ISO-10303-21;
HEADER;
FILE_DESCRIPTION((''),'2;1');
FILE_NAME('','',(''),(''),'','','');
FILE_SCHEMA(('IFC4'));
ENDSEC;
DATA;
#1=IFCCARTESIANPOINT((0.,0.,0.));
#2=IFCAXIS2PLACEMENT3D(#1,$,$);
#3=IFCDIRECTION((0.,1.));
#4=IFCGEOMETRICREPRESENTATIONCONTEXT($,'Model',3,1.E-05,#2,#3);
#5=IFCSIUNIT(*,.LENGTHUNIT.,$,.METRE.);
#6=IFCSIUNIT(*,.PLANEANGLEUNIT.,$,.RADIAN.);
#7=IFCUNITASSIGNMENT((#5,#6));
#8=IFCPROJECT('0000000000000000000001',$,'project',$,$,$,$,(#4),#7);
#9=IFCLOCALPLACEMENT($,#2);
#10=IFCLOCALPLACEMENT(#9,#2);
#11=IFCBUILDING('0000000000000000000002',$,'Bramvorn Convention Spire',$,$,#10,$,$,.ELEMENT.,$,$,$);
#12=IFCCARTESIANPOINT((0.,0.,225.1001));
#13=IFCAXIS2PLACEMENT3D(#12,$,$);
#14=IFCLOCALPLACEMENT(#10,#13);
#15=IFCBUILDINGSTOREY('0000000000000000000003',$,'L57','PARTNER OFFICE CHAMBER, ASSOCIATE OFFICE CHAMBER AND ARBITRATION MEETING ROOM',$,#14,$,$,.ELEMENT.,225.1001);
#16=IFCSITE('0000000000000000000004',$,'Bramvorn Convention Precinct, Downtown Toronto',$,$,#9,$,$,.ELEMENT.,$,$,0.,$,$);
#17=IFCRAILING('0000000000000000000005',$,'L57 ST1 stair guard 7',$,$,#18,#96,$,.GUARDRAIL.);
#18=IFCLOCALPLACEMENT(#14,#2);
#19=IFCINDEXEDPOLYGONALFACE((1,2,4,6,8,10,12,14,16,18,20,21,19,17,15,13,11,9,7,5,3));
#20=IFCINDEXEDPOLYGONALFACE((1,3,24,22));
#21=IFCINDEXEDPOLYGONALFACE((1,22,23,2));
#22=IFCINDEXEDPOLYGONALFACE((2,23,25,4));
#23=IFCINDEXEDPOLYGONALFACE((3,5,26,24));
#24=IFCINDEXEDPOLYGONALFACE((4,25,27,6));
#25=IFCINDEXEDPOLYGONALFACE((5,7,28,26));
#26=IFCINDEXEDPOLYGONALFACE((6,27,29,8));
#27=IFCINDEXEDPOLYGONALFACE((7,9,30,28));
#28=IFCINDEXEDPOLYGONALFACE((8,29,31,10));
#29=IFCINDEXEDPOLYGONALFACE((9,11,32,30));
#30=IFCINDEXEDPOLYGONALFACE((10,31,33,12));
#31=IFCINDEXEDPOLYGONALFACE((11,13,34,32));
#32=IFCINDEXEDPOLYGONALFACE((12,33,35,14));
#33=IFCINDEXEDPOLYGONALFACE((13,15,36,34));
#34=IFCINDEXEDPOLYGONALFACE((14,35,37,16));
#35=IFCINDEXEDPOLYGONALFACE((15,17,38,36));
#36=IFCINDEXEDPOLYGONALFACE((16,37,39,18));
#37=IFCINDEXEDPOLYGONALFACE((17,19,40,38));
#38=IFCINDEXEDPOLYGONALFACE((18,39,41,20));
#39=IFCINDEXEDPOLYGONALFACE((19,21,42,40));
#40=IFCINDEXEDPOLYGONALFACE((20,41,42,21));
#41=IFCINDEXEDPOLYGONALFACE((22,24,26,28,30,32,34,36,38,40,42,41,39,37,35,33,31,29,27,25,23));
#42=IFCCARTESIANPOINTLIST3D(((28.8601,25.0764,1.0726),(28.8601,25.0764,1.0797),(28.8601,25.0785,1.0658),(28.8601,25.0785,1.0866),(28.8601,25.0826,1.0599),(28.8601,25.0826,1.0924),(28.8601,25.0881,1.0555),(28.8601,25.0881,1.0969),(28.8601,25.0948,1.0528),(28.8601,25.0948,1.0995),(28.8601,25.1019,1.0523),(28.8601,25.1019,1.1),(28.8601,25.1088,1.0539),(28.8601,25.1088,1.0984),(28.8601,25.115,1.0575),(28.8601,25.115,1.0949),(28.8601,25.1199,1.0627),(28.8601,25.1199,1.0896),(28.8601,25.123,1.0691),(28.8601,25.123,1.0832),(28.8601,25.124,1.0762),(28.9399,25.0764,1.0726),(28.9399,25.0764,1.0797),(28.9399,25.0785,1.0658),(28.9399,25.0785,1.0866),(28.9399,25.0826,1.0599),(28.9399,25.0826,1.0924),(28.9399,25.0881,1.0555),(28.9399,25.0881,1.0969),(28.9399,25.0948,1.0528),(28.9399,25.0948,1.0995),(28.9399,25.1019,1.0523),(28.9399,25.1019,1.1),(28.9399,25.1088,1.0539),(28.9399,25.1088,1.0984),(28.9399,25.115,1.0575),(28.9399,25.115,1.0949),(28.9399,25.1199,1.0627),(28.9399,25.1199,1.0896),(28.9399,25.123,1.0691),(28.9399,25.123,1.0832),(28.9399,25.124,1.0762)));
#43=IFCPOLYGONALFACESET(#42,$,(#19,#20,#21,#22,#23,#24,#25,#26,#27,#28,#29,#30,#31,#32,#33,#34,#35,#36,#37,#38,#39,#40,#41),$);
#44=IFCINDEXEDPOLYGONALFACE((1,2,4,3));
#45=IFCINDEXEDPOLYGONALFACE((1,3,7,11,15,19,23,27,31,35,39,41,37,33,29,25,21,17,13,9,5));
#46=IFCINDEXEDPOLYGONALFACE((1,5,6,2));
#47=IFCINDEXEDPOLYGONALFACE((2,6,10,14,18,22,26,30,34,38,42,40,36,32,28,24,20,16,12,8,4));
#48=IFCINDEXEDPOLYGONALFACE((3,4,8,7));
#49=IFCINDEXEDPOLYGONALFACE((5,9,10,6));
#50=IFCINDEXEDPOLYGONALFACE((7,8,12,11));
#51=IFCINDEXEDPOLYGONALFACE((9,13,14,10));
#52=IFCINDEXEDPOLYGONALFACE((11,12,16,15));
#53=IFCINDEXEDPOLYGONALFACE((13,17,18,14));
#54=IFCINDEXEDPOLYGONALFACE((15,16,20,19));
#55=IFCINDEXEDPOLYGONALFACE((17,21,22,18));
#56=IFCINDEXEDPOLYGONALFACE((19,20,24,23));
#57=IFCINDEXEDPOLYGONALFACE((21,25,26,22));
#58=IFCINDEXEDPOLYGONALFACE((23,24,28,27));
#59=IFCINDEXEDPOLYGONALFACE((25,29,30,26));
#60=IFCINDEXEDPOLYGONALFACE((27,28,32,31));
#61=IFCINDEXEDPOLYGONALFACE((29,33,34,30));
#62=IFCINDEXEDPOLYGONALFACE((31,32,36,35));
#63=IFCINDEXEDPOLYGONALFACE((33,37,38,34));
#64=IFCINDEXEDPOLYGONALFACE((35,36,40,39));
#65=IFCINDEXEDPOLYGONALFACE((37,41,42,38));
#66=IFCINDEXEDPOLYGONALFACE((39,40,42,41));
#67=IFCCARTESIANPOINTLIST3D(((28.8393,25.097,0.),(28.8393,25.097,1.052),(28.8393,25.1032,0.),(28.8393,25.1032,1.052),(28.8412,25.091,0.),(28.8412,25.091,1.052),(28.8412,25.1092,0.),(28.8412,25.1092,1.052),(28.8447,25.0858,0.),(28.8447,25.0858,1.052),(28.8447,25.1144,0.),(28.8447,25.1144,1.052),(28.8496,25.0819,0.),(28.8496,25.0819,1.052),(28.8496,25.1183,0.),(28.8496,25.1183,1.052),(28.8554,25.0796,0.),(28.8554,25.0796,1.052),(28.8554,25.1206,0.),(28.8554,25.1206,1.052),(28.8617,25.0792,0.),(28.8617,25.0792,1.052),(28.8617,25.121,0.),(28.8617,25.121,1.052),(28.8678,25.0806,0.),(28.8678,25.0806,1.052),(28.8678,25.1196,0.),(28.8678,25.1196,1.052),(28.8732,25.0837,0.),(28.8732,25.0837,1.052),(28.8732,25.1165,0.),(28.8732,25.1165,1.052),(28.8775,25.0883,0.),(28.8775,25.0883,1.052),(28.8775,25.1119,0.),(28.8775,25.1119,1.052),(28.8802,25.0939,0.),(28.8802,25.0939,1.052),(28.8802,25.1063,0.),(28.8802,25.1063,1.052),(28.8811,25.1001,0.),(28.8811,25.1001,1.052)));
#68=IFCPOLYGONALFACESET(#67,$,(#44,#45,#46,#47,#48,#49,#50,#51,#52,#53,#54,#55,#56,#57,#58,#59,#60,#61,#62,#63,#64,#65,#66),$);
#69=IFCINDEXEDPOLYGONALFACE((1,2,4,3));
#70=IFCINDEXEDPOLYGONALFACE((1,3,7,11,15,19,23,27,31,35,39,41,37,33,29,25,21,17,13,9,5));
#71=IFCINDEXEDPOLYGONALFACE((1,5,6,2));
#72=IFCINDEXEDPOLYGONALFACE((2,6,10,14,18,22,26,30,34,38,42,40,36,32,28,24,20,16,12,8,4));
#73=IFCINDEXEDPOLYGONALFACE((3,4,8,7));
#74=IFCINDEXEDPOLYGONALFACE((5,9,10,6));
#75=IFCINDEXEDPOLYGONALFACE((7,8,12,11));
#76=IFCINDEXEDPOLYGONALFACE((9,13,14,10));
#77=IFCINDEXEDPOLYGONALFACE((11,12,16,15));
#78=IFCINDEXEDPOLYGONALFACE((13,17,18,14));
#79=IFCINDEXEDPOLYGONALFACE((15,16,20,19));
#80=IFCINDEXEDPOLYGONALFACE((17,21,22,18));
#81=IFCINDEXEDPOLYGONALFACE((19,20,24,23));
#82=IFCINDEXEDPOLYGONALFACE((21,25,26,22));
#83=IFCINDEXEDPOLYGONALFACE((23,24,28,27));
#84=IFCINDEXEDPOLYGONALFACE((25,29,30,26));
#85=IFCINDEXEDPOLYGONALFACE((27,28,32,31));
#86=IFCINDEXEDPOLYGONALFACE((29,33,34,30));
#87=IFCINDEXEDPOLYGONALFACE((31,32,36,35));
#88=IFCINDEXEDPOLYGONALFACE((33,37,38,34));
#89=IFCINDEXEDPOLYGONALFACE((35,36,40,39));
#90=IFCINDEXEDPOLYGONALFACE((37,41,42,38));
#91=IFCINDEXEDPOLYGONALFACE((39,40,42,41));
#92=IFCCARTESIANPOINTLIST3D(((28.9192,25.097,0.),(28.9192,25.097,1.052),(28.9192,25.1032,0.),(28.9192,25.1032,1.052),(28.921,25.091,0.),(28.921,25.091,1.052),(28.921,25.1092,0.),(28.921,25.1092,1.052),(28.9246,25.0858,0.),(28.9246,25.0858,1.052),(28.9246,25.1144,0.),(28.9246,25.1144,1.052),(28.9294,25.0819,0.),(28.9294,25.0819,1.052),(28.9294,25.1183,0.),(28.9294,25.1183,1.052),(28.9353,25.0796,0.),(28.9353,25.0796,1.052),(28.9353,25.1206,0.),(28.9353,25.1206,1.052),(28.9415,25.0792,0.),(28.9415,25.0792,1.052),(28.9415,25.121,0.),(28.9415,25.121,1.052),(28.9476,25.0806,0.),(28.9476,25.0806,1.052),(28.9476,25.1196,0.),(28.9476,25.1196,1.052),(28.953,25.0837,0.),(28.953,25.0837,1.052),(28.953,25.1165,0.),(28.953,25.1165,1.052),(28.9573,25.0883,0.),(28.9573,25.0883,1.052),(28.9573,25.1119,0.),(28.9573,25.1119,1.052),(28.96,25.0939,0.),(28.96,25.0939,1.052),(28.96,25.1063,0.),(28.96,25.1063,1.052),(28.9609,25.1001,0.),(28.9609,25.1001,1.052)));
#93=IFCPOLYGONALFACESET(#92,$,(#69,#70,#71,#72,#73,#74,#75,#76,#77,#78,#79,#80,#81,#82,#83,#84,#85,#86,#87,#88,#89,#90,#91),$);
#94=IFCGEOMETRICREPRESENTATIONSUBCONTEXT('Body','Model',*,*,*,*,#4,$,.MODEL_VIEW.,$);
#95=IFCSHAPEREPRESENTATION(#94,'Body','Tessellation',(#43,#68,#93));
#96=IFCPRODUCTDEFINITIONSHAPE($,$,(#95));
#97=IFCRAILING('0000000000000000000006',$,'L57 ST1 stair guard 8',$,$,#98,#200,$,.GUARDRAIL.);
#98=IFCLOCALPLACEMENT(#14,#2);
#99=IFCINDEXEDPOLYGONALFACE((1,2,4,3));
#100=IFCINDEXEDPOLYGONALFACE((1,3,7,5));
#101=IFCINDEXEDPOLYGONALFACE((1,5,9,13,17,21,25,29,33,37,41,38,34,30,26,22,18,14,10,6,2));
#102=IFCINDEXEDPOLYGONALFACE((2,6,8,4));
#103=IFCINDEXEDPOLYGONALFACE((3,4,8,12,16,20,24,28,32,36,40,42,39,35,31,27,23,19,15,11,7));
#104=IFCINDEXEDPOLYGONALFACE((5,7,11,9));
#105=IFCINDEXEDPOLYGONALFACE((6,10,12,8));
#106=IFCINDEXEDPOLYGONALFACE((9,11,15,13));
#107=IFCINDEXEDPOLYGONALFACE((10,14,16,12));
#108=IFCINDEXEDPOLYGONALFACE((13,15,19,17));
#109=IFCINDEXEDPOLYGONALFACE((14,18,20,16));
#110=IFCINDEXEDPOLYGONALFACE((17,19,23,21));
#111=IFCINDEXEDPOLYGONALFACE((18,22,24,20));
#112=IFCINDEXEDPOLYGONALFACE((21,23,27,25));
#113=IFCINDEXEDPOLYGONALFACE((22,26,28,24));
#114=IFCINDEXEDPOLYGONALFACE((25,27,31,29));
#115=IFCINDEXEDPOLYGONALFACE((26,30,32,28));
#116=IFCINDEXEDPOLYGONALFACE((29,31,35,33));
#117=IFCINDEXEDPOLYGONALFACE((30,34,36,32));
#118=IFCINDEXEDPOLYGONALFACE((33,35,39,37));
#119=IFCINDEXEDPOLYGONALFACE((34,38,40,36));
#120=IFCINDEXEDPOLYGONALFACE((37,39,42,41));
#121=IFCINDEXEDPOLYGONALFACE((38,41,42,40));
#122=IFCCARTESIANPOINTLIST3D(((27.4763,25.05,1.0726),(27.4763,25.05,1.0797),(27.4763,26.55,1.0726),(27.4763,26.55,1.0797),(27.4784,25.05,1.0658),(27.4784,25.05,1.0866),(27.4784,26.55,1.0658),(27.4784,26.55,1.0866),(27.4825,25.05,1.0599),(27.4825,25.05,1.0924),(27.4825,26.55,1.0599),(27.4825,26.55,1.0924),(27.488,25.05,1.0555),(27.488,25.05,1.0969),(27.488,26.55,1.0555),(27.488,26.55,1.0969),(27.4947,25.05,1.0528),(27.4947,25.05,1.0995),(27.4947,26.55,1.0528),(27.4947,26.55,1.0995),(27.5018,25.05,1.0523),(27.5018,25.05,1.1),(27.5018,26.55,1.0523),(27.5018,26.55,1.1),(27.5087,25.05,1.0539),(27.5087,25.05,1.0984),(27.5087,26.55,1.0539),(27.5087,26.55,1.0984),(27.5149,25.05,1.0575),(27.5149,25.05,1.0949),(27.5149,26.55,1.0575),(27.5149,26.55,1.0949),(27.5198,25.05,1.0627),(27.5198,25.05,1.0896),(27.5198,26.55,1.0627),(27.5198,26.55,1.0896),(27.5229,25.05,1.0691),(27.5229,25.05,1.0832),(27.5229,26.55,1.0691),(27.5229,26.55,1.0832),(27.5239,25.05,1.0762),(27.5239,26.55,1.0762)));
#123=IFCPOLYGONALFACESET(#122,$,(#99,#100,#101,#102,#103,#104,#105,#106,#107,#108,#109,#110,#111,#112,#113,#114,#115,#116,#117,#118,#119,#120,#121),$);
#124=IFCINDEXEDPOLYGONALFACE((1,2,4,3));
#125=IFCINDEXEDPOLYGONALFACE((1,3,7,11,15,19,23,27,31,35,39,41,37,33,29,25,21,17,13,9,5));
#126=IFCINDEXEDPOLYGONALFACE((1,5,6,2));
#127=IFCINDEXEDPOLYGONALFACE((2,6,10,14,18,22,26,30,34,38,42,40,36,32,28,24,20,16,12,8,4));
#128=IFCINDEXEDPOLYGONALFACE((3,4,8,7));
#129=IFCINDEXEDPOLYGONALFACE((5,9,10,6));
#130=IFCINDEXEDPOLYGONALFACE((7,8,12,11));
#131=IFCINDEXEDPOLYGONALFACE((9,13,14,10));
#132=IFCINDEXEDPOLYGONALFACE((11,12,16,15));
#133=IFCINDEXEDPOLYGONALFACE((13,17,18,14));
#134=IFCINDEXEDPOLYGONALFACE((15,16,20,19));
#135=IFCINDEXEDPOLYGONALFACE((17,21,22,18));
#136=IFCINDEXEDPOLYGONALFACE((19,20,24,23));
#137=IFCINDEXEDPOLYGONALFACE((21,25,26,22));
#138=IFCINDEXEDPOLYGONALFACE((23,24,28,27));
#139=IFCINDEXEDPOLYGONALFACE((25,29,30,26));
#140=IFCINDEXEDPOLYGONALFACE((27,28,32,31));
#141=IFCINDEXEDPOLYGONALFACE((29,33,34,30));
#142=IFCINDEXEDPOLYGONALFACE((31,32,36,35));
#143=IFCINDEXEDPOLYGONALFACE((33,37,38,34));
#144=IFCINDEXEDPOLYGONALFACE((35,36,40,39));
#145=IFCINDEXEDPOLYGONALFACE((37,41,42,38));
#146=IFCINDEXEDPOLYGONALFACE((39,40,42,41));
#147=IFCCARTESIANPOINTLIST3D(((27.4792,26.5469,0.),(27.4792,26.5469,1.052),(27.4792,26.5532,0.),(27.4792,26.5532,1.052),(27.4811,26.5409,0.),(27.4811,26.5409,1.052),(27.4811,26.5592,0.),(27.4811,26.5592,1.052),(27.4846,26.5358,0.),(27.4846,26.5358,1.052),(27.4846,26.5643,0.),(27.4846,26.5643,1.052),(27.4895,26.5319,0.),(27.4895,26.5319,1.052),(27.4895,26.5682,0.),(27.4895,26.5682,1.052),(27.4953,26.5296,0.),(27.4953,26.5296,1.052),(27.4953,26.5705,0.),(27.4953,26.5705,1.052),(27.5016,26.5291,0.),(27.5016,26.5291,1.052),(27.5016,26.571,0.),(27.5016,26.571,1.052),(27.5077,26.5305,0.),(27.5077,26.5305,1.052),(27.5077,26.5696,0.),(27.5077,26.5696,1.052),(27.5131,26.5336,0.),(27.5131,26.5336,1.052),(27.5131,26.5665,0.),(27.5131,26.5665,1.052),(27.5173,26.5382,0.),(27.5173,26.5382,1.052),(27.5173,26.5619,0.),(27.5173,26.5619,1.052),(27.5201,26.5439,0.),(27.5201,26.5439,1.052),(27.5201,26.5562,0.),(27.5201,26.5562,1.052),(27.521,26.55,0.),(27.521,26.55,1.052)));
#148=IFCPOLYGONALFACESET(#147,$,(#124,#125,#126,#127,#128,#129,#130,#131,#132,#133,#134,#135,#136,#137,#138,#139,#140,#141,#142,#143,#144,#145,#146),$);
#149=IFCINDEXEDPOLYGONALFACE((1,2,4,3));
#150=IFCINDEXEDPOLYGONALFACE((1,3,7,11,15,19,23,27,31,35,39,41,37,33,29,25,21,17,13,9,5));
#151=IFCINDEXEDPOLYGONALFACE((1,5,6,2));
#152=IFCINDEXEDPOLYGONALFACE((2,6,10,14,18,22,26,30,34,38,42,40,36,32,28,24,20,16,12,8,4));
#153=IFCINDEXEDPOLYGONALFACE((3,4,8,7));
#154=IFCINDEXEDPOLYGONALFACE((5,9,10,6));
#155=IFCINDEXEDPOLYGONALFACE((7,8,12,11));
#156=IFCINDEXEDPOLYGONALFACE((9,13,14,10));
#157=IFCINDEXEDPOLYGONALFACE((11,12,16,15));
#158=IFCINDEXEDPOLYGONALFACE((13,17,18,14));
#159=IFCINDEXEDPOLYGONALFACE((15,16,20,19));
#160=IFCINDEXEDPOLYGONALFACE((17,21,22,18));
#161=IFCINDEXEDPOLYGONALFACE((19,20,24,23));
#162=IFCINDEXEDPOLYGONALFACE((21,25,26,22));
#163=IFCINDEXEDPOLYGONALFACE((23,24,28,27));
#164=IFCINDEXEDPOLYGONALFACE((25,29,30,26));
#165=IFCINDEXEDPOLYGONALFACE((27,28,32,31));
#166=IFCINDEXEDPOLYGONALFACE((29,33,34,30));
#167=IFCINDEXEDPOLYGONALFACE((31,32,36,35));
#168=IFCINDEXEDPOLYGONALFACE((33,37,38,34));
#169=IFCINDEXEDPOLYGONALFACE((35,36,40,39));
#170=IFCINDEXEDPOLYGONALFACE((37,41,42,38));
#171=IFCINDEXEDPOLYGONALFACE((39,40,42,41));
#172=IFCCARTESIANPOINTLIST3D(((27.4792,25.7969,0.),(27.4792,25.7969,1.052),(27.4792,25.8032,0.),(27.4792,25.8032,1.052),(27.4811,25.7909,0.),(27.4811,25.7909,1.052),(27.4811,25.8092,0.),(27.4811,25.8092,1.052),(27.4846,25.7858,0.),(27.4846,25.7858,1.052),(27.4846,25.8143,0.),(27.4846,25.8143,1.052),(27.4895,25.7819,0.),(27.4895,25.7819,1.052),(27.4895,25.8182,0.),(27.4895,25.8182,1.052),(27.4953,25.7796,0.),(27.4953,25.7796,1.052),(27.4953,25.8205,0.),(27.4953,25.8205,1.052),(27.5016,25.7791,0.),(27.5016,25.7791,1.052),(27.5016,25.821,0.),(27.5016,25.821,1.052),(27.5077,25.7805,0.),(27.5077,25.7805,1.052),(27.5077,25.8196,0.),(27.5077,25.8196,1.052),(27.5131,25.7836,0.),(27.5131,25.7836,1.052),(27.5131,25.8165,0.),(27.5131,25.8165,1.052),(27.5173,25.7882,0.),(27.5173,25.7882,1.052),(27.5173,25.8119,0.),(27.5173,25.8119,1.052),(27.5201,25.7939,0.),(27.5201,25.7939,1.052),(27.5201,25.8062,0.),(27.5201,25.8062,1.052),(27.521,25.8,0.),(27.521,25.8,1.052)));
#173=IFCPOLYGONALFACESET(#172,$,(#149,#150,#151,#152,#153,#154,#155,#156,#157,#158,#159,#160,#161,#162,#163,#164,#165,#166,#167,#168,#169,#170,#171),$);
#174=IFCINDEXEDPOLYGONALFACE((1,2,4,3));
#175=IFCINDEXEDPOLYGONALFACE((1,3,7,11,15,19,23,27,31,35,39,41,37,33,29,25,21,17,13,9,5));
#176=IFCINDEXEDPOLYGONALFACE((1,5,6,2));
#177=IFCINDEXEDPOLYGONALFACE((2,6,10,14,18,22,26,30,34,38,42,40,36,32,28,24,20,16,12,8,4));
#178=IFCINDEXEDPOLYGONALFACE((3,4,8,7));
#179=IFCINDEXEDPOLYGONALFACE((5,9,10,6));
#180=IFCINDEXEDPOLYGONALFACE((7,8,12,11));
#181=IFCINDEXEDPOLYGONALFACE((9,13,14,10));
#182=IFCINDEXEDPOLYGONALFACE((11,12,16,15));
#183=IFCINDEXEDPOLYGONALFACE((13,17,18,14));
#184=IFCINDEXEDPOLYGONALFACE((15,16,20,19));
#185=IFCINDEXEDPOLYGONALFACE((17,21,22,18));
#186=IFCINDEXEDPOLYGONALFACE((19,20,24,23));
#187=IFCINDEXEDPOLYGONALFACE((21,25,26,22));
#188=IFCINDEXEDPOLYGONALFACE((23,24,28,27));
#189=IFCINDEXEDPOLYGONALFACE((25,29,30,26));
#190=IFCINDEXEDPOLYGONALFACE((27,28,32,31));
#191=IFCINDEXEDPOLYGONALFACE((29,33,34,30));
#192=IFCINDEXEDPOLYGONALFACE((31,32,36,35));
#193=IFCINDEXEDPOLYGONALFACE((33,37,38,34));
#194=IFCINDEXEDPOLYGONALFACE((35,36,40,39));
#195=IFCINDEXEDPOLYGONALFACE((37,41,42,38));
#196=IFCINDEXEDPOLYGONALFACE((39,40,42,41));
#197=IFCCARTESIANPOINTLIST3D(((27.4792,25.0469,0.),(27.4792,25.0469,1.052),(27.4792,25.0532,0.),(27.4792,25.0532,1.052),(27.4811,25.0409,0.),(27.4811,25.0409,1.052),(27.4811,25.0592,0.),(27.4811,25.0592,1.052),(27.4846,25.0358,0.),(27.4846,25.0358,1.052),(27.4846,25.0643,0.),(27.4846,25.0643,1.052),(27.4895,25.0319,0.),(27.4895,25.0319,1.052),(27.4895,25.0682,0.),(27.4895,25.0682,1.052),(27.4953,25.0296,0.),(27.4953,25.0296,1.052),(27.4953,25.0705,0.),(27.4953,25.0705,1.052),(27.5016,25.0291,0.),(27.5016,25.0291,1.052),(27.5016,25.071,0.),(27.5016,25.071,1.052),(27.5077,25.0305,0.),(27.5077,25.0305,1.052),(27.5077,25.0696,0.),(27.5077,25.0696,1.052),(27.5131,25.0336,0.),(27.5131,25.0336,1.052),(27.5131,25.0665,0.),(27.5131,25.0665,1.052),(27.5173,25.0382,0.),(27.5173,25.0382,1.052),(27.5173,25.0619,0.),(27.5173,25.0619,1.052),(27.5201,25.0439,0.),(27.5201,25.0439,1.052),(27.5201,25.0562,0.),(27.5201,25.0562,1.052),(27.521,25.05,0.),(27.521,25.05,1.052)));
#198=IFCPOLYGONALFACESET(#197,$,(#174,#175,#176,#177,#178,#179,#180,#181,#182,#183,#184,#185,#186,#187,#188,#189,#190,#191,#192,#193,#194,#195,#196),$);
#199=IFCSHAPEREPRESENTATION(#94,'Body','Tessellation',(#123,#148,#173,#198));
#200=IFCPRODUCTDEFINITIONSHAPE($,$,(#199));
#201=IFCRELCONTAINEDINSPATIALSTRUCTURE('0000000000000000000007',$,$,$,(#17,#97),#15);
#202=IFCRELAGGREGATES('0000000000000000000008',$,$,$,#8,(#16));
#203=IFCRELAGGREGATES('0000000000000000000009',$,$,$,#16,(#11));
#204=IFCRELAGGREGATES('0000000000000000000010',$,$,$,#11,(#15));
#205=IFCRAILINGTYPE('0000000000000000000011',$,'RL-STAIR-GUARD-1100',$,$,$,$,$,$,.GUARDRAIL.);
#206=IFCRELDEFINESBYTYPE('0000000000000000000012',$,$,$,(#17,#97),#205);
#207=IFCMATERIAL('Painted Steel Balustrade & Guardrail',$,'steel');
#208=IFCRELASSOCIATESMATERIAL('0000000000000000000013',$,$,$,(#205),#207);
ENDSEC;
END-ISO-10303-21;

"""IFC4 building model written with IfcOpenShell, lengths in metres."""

from ifc_helpers import new_model, si_unit, direction, frame, origin, origin_2d, place, context, subcontext, project, spatial, circle, extrude, material, type_object, element, save


model = new_model("IFC4")

# Units and contexts
model_context = context("Model", 3, precision=1e-05, world=origin(), true_north=direction((0.0, 1.0)))
body_context = subcontext(model_context, "Body", "Model", "MODEL_VIEW")
ifc_project = project(units=[si_unit("LENGTHUNIT", "METRE"), si_unit("PLANEANGLEUNIT", "RADIAN")], contexts=[model_context])

# Site, building, storey
site_placement = place(None, origin())
site = spatial("IfcSite", under=ifc_project, at=site_placement, Name="Bramvorn Convention Precinct, Downtown Toronto", CompositionType="ELEMENT", RefElevation=0.0)
building_placement = place(site_placement, origin())
building = spatial("IfcBuilding", under=site, at=building_placement, Name="Bramvorn Convention Spire", CompositionType="ELEMENT")
storey_placement = place(building_placement, frame((0.0, 0.0, 225.1001)))
storey = spatial("IfcBuildingStorey", under=building, at=storey_placement, Name="L57", Description="PARTNER OFFICE CHAMBER, ASSOCIATE OFFICE CHAMBER AND ARBITRATION MEETING ROOM", CompositionType="ELEMENT", Elevation=225.1001)

# Railings
ifc_material_1 = material(Name="Painted Steel Balustrade & Guardrail", Category="steel")
railing_type = type_object("IfcRailingType", Name="RL-STAIR-GUARD-1100", PredefinedType="GUARDRAIL", material=ifc_material_1)
railing_1_placement = place(storey_placement, frame((28.8601, 25.1001, 0.0)))
element("IfcRailing", 1, at=railing_1_placement, inside=storey, type_object=railing_type, Name="L57 ST1 stair guard 7", PredefinedType="GUARDRAIL", context=body_context, shape_type="SweptSolid", body=[
    extrude(circle(Radius=0.0239, at=origin_2d()), frame((0.0, 0.0, 1.0762), z_axis=(1.0, 0.0, 0.0), x_axis=(0.0, 1.0, 0.0)), (0.0, 0.0, 1.0), 0.0798),
    extrude(circle(Radius=0.021, at=origin_2d()), origin(), (0.0, 0.0, 1.0), 1.052),
    extrude(circle(Radius=0.021, at=origin_2d()), frame((0.0798, 0.0, 0.0)), (0.0, 0.0, 1.0), 1.052),
])
for number, where, name in (
    (2, (27.5, 26.55, 0.0), "L57 ST1 stair guard 8"),
):
    element("IfcRailing", number, at=place(storey_placement, frame(where)), inside=storey, type_object=railing_type, Name=name, PredefinedType="GUARDRAIL", context=body_context, shape_type="SweptSolid", body=[
        extrude(circle(Radius=0.0239, at=origin_2d()), frame((0.0, 0.0, 1.0762), z_axis=(0.0, -1.0, 0.0), x_axis=(1.0, 0.0, 0.0)), (0.0, 0.0, 1.0), 1.5),
        extrude(circle(Radius=0.021, at=origin_2d()), origin(), (0.0, 0.0, 1.0), 1.052),
        extrude(circle(Radius=0.021, at=origin_2d()), frame((0.0, -0.75, 0.0)), (0.0, 0.0, 1.0), 1.052),
        extrude(circle(Radius=0.021, at=origin_2d()), frame((0.0, -1.5, 0.0)), (0.0, 0.0, 1.0), 1.052),
    ])

save(model, "model.ifc")
